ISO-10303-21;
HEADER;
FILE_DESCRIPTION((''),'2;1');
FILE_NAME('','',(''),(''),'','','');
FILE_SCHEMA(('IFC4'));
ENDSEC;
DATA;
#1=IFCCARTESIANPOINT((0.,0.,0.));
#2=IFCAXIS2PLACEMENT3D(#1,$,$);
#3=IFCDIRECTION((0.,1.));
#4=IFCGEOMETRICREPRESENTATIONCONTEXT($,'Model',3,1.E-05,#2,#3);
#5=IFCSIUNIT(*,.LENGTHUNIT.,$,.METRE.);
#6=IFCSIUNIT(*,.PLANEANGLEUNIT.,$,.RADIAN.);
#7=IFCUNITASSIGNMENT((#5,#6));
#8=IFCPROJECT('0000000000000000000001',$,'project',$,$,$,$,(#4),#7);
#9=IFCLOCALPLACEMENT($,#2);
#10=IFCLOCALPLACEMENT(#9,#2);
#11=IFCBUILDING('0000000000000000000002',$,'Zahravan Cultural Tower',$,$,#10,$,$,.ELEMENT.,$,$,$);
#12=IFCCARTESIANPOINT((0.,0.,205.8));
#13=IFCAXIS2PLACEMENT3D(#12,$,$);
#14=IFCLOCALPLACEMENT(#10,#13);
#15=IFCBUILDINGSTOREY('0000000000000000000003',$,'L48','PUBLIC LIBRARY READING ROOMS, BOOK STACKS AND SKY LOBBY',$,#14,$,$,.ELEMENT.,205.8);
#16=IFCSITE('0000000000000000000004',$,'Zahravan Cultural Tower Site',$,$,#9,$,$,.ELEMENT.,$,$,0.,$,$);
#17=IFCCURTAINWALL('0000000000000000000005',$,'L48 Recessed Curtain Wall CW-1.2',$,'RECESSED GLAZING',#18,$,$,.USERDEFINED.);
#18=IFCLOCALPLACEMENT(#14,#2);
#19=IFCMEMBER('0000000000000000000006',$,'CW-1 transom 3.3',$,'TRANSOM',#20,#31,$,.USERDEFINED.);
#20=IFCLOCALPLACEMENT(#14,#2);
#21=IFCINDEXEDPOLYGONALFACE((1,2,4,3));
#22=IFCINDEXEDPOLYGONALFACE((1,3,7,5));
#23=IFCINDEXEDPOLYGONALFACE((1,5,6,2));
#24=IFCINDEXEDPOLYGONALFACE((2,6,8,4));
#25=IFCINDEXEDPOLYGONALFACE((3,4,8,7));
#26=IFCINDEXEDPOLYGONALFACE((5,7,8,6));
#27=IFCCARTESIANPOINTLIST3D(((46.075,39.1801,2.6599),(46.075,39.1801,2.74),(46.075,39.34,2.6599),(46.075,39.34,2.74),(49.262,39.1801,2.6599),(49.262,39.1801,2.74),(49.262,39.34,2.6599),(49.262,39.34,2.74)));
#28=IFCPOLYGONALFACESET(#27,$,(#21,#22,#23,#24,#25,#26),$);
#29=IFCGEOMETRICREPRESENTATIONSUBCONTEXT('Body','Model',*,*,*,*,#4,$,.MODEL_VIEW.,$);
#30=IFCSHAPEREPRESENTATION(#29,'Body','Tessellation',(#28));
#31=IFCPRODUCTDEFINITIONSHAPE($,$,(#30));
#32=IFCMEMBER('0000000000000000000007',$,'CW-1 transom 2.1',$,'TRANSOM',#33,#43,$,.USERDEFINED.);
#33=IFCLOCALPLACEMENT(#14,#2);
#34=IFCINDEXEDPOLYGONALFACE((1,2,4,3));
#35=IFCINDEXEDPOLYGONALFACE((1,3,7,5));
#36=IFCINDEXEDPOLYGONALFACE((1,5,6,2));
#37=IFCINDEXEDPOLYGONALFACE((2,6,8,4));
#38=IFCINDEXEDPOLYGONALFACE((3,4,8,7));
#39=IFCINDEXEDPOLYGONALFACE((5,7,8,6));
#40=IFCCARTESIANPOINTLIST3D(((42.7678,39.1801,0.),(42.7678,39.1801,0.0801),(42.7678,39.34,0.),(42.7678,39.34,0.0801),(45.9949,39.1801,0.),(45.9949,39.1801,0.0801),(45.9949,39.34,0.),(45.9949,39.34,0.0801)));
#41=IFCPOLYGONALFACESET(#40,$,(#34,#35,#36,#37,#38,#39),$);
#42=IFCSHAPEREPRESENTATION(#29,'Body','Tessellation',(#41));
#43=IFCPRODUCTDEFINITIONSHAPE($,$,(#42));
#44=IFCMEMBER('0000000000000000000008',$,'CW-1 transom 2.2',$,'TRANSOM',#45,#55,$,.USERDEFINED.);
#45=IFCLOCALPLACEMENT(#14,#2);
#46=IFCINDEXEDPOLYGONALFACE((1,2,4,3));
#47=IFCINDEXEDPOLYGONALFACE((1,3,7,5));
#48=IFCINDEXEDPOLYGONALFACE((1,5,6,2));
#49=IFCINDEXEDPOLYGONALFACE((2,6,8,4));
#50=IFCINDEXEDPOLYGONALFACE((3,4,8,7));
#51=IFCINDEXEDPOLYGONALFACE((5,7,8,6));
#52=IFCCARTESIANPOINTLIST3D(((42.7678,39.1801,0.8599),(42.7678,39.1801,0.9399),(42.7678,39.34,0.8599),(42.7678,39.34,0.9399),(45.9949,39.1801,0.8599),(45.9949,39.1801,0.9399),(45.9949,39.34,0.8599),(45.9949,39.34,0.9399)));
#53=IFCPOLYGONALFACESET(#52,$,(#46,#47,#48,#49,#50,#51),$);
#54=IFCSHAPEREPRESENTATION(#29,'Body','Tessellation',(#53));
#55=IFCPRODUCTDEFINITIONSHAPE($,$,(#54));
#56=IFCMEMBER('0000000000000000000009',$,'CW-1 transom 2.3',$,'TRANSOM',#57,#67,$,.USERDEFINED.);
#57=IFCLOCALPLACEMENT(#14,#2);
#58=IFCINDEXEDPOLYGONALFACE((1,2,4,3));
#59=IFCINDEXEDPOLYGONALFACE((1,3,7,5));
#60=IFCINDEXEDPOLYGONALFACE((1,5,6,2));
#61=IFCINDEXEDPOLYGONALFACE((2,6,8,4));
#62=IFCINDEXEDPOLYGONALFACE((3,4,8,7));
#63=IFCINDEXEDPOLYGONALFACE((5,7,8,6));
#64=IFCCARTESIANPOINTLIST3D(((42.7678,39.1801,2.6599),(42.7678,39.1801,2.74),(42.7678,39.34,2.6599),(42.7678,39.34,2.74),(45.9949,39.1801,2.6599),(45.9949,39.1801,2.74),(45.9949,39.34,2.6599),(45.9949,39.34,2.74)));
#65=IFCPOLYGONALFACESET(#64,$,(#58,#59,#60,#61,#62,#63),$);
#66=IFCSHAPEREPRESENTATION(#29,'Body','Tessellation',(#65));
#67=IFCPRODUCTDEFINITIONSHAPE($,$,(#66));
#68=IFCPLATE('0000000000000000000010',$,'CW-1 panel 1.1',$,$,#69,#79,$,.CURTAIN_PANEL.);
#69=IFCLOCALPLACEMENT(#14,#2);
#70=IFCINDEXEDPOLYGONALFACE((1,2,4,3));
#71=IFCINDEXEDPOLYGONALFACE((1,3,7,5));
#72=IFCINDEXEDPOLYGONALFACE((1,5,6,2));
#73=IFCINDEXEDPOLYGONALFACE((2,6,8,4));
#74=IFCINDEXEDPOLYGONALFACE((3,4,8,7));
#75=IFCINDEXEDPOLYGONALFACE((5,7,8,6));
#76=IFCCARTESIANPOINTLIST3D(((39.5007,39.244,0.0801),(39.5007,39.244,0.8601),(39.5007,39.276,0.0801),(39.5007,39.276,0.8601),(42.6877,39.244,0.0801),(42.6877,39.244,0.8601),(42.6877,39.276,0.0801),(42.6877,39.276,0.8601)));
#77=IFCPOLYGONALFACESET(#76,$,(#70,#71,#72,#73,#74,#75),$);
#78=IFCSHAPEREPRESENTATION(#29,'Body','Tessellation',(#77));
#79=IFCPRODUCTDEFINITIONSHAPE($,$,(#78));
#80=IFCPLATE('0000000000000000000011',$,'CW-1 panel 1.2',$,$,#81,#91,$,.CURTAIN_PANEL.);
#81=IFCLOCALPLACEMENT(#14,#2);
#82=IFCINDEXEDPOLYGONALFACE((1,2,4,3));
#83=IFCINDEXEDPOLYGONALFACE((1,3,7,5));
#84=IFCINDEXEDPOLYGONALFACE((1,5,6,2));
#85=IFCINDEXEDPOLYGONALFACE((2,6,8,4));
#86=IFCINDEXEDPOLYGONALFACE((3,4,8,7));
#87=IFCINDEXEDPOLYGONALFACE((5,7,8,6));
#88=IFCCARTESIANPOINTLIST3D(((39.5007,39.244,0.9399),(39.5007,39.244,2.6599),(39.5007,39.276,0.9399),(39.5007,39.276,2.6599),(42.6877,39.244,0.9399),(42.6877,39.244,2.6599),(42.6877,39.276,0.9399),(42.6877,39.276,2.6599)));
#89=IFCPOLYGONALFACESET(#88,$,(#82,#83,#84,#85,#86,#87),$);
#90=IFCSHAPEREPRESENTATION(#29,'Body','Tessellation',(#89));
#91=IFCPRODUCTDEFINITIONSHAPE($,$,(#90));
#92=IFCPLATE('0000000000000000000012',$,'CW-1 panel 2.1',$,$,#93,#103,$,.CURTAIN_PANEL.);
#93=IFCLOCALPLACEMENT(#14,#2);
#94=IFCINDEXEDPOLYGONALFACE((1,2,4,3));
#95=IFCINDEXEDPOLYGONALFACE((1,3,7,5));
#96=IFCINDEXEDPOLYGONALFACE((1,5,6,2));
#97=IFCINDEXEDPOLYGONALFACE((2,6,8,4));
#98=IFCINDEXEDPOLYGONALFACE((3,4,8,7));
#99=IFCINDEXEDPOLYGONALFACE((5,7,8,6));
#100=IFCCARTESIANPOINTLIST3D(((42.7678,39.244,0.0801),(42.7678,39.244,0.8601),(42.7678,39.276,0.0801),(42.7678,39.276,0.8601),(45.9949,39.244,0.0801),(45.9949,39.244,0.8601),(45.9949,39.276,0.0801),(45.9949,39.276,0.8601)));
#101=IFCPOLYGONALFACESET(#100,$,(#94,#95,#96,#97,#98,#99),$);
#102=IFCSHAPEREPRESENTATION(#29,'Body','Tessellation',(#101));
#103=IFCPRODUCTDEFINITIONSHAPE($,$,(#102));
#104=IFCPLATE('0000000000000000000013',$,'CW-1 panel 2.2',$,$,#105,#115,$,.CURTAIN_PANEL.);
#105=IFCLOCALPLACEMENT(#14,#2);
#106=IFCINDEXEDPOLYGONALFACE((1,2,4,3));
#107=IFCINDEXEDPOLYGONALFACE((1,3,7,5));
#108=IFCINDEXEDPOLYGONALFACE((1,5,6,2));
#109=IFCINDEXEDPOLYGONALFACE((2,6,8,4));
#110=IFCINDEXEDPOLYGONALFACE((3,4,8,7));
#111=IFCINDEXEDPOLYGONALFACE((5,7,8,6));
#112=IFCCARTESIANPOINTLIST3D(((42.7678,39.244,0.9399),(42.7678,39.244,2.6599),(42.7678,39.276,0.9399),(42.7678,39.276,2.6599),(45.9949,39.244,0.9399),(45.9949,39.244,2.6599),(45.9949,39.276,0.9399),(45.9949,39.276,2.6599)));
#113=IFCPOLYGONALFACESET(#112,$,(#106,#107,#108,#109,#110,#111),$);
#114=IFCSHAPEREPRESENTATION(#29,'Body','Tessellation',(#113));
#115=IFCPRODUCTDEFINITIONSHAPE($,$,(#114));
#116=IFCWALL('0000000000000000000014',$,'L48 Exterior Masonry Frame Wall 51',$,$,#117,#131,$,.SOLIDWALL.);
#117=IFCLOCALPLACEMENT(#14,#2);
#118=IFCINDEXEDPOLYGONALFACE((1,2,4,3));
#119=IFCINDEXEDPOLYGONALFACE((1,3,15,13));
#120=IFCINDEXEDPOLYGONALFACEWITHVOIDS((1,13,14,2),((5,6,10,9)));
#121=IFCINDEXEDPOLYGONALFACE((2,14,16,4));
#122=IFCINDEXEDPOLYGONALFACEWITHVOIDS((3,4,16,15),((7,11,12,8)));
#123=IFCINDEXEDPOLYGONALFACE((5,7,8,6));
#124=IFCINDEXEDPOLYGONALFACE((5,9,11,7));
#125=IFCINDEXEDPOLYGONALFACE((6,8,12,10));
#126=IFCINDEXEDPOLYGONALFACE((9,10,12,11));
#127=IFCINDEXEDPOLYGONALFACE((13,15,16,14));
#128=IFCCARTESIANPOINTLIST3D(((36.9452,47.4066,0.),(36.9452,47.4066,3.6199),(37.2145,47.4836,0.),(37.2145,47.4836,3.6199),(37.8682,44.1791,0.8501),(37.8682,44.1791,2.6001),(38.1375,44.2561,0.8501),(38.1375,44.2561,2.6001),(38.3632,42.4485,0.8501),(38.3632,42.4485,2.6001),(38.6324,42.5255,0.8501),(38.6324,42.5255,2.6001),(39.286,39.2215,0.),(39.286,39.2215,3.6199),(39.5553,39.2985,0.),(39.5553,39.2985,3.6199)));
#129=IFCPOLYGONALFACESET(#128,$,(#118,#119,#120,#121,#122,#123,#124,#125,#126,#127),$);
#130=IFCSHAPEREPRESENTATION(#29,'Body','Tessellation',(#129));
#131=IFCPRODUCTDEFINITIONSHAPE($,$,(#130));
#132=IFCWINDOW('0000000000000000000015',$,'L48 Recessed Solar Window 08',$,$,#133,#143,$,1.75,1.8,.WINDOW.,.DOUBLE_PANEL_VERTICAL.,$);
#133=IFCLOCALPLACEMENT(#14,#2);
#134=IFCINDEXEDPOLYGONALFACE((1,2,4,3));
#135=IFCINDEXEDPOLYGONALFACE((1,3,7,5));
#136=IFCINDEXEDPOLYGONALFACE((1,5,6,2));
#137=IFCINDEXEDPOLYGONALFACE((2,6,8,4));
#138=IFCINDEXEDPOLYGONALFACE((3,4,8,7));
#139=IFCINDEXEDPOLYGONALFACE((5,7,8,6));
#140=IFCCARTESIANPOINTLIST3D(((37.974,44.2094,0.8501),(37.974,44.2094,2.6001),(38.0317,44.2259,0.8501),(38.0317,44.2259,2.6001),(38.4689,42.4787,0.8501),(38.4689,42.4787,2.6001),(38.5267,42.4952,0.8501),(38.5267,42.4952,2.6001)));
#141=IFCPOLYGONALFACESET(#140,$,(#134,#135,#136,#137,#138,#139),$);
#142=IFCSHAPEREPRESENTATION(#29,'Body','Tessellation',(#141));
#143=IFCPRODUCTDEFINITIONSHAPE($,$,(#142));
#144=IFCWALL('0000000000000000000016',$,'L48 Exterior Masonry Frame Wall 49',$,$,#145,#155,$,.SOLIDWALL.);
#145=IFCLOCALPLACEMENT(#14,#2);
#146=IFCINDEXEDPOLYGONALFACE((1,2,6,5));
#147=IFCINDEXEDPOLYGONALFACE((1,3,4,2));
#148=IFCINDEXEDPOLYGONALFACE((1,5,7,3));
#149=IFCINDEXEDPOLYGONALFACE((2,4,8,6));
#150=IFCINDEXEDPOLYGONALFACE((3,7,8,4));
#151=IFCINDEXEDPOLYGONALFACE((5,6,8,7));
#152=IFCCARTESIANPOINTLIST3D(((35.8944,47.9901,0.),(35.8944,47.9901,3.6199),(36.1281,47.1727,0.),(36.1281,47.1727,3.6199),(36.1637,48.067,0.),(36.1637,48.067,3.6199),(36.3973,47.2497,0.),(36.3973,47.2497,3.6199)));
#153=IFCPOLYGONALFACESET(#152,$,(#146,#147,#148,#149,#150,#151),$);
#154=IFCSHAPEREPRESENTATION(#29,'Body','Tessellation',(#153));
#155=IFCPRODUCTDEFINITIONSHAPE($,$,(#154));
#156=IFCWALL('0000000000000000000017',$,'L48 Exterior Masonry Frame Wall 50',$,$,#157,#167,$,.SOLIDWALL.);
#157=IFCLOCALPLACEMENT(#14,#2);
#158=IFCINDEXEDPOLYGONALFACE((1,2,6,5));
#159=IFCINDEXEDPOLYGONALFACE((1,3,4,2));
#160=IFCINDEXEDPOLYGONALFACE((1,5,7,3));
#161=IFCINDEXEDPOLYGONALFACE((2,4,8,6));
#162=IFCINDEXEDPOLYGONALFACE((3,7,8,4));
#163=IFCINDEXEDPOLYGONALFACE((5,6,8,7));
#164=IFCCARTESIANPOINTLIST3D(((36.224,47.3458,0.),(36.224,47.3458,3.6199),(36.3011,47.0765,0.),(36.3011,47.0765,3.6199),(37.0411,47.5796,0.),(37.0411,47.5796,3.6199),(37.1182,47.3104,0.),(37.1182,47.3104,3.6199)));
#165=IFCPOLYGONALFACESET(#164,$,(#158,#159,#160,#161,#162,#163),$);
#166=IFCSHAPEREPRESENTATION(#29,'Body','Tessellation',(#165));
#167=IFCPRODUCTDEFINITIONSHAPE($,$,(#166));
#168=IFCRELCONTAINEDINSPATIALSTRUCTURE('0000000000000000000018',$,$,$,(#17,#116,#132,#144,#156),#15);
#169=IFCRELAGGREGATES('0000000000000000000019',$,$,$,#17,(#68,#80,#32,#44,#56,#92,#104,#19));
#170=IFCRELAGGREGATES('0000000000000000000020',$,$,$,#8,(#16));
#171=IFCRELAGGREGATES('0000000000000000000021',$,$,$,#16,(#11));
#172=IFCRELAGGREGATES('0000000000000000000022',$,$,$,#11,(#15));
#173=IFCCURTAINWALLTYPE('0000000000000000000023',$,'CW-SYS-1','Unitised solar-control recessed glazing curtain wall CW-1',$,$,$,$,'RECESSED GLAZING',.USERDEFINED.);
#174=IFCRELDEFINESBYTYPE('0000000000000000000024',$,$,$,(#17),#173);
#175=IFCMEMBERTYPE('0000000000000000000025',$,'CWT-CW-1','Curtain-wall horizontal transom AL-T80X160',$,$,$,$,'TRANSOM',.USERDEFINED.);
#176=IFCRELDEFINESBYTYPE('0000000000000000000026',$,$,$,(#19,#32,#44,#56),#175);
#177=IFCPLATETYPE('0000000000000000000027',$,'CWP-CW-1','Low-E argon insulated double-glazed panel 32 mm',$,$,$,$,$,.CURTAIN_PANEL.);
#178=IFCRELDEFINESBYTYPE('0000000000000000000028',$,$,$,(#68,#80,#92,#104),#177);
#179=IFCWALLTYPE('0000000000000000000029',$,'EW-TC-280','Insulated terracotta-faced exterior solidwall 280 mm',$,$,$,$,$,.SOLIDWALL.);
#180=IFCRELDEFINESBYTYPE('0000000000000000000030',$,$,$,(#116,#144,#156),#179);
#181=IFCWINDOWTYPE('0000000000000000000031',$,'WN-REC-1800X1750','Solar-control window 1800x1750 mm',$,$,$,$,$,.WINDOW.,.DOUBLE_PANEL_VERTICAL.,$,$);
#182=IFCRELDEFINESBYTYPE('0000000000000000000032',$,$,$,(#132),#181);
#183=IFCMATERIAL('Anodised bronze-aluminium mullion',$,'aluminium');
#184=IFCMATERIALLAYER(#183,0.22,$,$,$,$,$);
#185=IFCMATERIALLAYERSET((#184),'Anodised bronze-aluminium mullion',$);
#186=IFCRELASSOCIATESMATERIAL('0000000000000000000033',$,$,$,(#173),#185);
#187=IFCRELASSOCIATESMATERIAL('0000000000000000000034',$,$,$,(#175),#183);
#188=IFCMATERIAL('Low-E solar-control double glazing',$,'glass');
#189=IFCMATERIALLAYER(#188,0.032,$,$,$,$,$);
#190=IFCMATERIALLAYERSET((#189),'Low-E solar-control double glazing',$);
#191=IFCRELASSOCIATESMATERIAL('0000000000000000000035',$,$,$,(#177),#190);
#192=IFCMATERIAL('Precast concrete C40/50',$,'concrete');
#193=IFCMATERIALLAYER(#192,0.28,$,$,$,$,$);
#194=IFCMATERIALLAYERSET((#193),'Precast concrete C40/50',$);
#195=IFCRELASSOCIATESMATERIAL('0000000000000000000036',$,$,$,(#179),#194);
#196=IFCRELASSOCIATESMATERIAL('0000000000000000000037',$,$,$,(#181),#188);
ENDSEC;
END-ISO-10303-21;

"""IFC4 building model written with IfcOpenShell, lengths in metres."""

from ifc_helpers import new_model, si_unit, direction, frame, frame_2d, origin, origin_2d, place, context, subcontext, project, spatial, rectangle, extrude, source, transform, mapped, material, layer, layer_set, material_profile, profile_set, type_object, element, fill, aggregate, save


model = new_model("IFC4")

# Units and contexts
model_context = context("Model", 3, precision=1e-05, world=origin(), true_north=direction((0.0, 1.0)))
body_context = subcontext(model_context, "Body", "Model", "MODEL_VIEW")
ifc_project = project(units=[si_unit("LENGTHUNIT", "METRE"), si_unit("PLANEANGLEUNIT", "RADIAN")], contexts=[model_context])

# Site, building, storey
site_placement = place(None, origin())
site = spatial("IfcSite", under=ifc_project, at=site_placement, Name="Zahravan Cultural Tower Site", CompositionType="ELEMENT", RefElevation=0.0)
building_placement = place(site_placement, origin())
building = spatial("IfcBuilding", under=site, at=building_placement, Name="Zahravan Cultural Tower", CompositionType="ELEMENT")
storey_placement = place(building_placement, frame((0.0, 0.0, 205.8)))
storey = spatial("IfcBuildingStorey", under=building, at=storey_placement, Name="L48", Description="PUBLIC LIBRARY READING ROOMS, BOOK STACKS AND SKY LOBBY", CompositionType="ELEMENT", Elevation=205.8)

# Curtain wall, members, plates
ifc_material_1 = material(Name="Anodised bronze-aluminium mullion", Category="aluminium")
ifc_layer_1 = layer(ifc_material_1, 0.22)
ifc_layer_set_1 = layer_set([ifc_layer_1], Name="Anodised bronze-aluminium mullion")
curtain_wall_type = type_object("IfcCurtainWallType", Name="CW-SYS-1", Description="Unitised solar-control recessed glazing curtain wall CW-1", ElementType="RECESSED GLAZING", PredefinedType="USERDEFINED", material=ifc_layer_set_1)
curtain_wall_placement = place(storey_placement, origin())
curtain_wall = element("IfcCurtainWall", 1, at=curtain_wall_placement, inside=storey, type_object=curtain_wall_type, Name="L48 Recessed Curtain Wall CW-1.2", ObjectType="RECESSED GLAZING", PredefinedType="USERDEFINED")
ifc_material_profile_1 = material_profile(ifc_material_1, rectangle(XDim=0.1599, YDim=0.0801, at=origin_2d()), Name="AL-T80X160")
ifc_profile_set_1 = profile_set([ifc_material_profile_1], Name="Anodised bronze-aluminium mullion")
member_type_1 = type_object("IfcMemberType", Name="CWT-CW-1", Description="Curtain-wall horizontal transom AL-T80X160", ElementType="TRANSOM", PredefinedType="USERDEFINED", material=ifc_profile_set_1)
shared_shape_1 = source(origin(), body_context, "Body", "SweptSolid", [
    extrude(rectangle(XDim=0.1599, YDim=0.0801, at=origin_2d()), origin(), (0.0, 0.0, 1.0), 3.187),
])
member_1_placement = place(storey_placement, frame((46.075, 39.26, 2.7), z_axis=(1.0, 0.0, 0.0), x_axis=(0.0, 1.0, 0.0)))
member_1 = element("IfcMember", 2, at=member_1_placement, type_object=member_type_1, Name="CW-1 transom 3.3", ObjectType="TRANSOM", PredefinedType="USERDEFINED", context=body_context, shape_type="MappedRepresentation", body=[
    mapped(shared_shape_1, transform((0.0, 0.0, 0.0), x_axis=(1.0, 0.0, 0.0), y_axis=(0.0, 1.0, 0.0), z_axis=(0.0, 0.0, 1.0), scale=1.0)),
])
shared_shape_2 = source(origin(), body_context, "Body", "SweptSolid", [
    extrude(rectangle(XDim=0.1599, YDim=0.0801, at=origin_2d()), origin(), (0.0, 0.0, 1.0), 3.2271),
])
member_2_placement = place(storey_placement, frame((42.7678, 39.26, 0.04), z_axis=(1.0, 0.0, 0.0), x_axis=(0.0, 1.0, 0.0)))
member_2 = element("IfcMember", 3, at=member_2_placement, type_object=member_type_1, Name="CW-1 transom 2.1", ObjectType="TRANSOM", PredefinedType="USERDEFINED", context=body_context, shape_type="MappedRepresentation", body=[
    mapped(shared_shape_2, transform((0.0, 0.0, 0.0), x_axis=(1.0, 0.0, 0.0), y_axis=(0.0, 1.0, 0.0), z_axis=(0.0, 0.0, 1.0), scale=1.0)),
])
member_3_placement = place(storey_placement, frame((42.7678, 39.26, 0.8999), z_axis=(1.0, 0.0, 0.0), x_axis=(0.0, 1.0, 0.0)))
member_3 = element("IfcMember", 4, at=member_3_placement, type_object=member_type_1, Name="CW-1 transom 2.2", ObjectType="TRANSOM", PredefinedType="USERDEFINED", context=body_context, shape_type="MappedRepresentation", body=[
    mapped(shared_shape_2, transform((0.0, 0.0, 0.0), x_axis=(1.0, 0.0, 0.0), y_axis=(0.0, 1.0, 0.0), z_axis=(0.0, 0.0, 1.0), scale=1.0)),
])
member_4_placement = place(storey_placement, frame((42.7678, 39.26, 2.7), z_axis=(1.0, 0.0, 0.0), x_axis=(0.0, 1.0, 0.0)))
member_4 = element("IfcMember", 5, at=member_4_placement, type_object=member_type_1, Name="CW-1 transom 2.3", ObjectType="TRANSOM", PredefinedType="USERDEFINED", context=body_context, shape_type="MappedRepresentation", body=[
    mapped(shared_shape_2, transform((0.0, 0.0, 0.0), x_axis=(1.0, 0.0, 0.0), y_axis=(0.0, 1.0, 0.0), z_axis=(0.0, 0.0, 1.0), scale=1.0)),
])
ifc_material_2 = material(Name="Low-E solar-control double glazing", Category="glass")
ifc_layer_2 = layer(ifc_material_2, 0.032)
ifc_layer_set_2 = layer_set([ifc_layer_2], Name="Low-E solar-control double glazing")
plate_type = type_object("IfcPlateType", Name="CWP-CW-1", Description="Low-E argon insulated double-glazed panel 32 mm", PredefinedType="CURTAIN_PANEL", material=ifc_layer_set_2)
shared_shape_3 = source(origin(), body_context, "Body", "SweptSolid", [
    extrude(rectangle(XDim=3.187, YDim=0.032, at=origin_2d()), origin(), (0.0, 0.0, 1.0), 0.78),
])
plate_1_placement = place(storey_placement, frame((41.0942, 39.26, 0.0801), z_axis=(0.0, 0.0, 1.0), x_axis=(1.0, 0.0, 0.0)))
plate_1 = element("IfcPlate", 6, at=plate_1_placement, type_object=plate_type, Name="CW-1 panel 1.1", PredefinedType="CURTAIN_PANEL", context=body_context, shape_type="MappedRepresentation", body=[
    mapped(shared_shape_3, transform((0.0, 0.0, 0.0), x_axis=(1.0, 0.0, 0.0), y_axis=(0.0, 1.0, 0.0), z_axis=(0.0, 0.0, 1.0), scale=1.0)),
])
shared_shape_4 = source(origin(), body_context, "Body", "SweptSolid", [
    extrude(rectangle(XDim=3.187, YDim=0.032, at=origin_2d()), origin(), (0.0, 0.0, 1.0), 1.72),
])
plate_2_placement = place(storey_placement, frame((41.0942, 39.26, 0.9399), z_axis=(0.0, 0.0, 1.0), x_axis=(1.0, 0.0, 0.0)))
plate_2 = element("IfcPlate", 7, at=plate_2_placement, type_object=plate_type, Name="CW-1 panel 1.2", PredefinedType="CURTAIN_PANEL", context=body_context, shape_type="MappedRepresentation", body=[
    mapped(shared_shape_4, transform((0.0, 0.0, 0.0), x_axis=(1.0, 0.0, 0.0), y_axis=(0.0, 1.0, 0.0), z_axis=(0.0, 0.0, 1.0), scale=1.0)),
])
shared_shape_5 = source(origin(), body_context, "Body", "SweptSolid", [
    extrude(rectangle(XDim=3.2271, YDim=0.032, at=origin_2d()), origin(), (0.0, 0.0, 1.0), 0.78),
])
plate_3_placement = place(storey_placement, frame((44.3813, 39.26, 0.0801), z_axis=(0.0, 0.0, 1.0), x_axis=(1.0, 0.0, 0.0)))
plate_3 = element("IfcPlate", 8, at=plate_3_placement, type_object=plate_type, Name="CW-1 panel 2.1", PredefinedType="CURTAIN_PANEL", context=body_context, shape_type="MappedRepresentation", body=[
    mapped(shared_shape_5, transform((0.0, 0.0, 0.0), x_axis=(1.0, 0.0, 0.0), y_axis=(0.0, 1.0, 0.0), z_axis=(0.0, 0.0, 1.0), scale=1.0)),
])
shared_shape_6 = source(origin(), body_context, "Body", "SweptSolid", [
    extrude(rectangle(XDim=3.2271, YDim=0.032, at=origin_2d()), origin(), (0.0, 0.0, 1.0), 1.72),
])
plate_4_placement = place(storey_placement, frame((44.3813, 39.26, 0.9399), z_axis=(0.0, 0.0, 1.0), x_axis=(1.0, 0.0, 0.0)))
plate_4 = element("IfcPlate", 9, at=plate_4_placement, type_object=plate_type, Name="CW-1 panel 2.2", PredefinedType="CURTAIN_PANEL", context=body_context, shape_type="MappedRepresentation", body=[
    mapped(shared_shape_6, transform((0.0, 0.0, 0.0), x_axis=(1.0, 0.0, 0.0), y_axis=(0.0, 1.0, 0.0), z_axis=(0.0, 0.0, 1.0), scale=1.0)),
])
aggregate(curtain_wall, [plate_1, plate_2, member_2, member_3, member_4, plate_3, plate_4, member_1])

# Wall, opening, window
ifc_material_3 = material(Name="Precast concrete C40/50", Category="concrete")
ifc_layer_3 = layer(ifc_material_3, 0.28)
ifc_layer_set_3 = layer_set([ifc_layer_3], Name="Precast concrete C40/50")
wall_type_1 = type_object("IfcWallType", Name="EW-TC-280", Description="Insulated terracotta-faced exterior solidwall 280 mm", PredefinedType="SOLIDWALL", material=ifc_layer_set_3)
wall_1_placement = place(storey_placement, frame((37.0798, 47.4451, 0.0), z_axis=(0.0, 0.0, 1.0), x_axis=(0.274964, -0.961455, 0.0)))
wall_1 = element("IfcWall", 10, at=wall_1_placement, inside=storey, type_object=wall_type_1, Name="L48 Exterior Masonry Frame Wall 51", PredefinedType="SOLIDWALL", context=body_context, shape_type="SweptSolid", body=[
    extrude(rectangle(XDim=8.5132, YDim=0.28, at=frame_2d((4.2566, 0.0))), origin(), (0.0, 0.0, 1.0), 3.6199),
])
opening_placement = place(wall_1_placement, frame((3.3569, 0.0, 0.8501)))
opening = element("IfcOpeningElement", 11, at=opening_placement, cuts=wall_1, PredefinedType="OPENING", context=body_context, shape_type="SweptSolid", body=[
    extrude(rectangle(XDim=1.8, YDim=1.75, at=frame_2d((0.8999, 0.875))), frame((0.0, 0.1499, 0.0), z_axis=(0.0, -1.0, 0.0), x_axis=(1.0, 0.0, 0.0)), (0.0, 0.0, 1.0), 0.3),
])
window_type = type_object("IfcWindowType", Name="WN-REC-1800X1750", Description="Solar-control window 1800x1750 mm", PartitioningType="DOUBLE_PANEL_VERTICAL", PredefinedType="WINDOW", material=ifc_material_2)
shared_shape_7 = source(origin(), body_context, "Body", "SweptSolid", [
    extrude(rectangle(XDim=1.8, YDim=1.75, at=frame_2d((0.8999, 0.875))), frame((0.0, 0.03, 0.0), z_axis=(0.0, -1.0, 0.0), x_axis=(1.0, 0.0, 0.0)), (0.0, 0.0, 1.0), 0.0601),
])
window_placement = place(opening_placement, origin())
window = element("IfcWindow", 12, at=window_placement, inside=storey, type_object=window_type, Name="L48 Recessed Solar Window 08", OverallHeight=1.75, OverallWidth=1.8, PartitioningType="DOUBLE_PANEL_VERTICAL", PredefinedType="WINDOW", context=body_context, shape_type="MappedRepresentation", body=[
    mapped(shared_shape_7, transform((0.0, 0.0, 0.0), x_axis=(1.0, 0.0, 0.0), y_axis=(0.0, 1.0, 0.0), z_axis=(0.0, 0.0, 1.0), scale=1.0)),
])
fill(opening, window)

# Walls
shared_shape_8 = source(origin(), body_context, "Body", "SweptSolid", [
    extrude(rectangle(XDim=0.8501, YDim=0.28, at=frame_2d((0.425, 0.0))), origin(), (0.0, 0.0, 1.0), 3.6199),
])
wall_2_placement = place(storey_placement, frame((36.0291, 48.0286, 0.0), z_axis=(0.0, 0.0, 1.0), x_axis=(0.274835, -0.961491, 0.0)))
element("IfcWall", 13, at=wall_2_placement, inside=storey, type_object=wall_type_1, Name="L48 Exterior Masonry Frame Wall 49", PredefinedType="SOLIDWALL", context=body_context, shape_type="MappedRepresentation", body=[
    mapped(shared_shape_8, transform((0.0, 0.0, 0.0), x_axis=(1.0, 0.0, 0.0), y_axis=(0.0, 1.0, 0.0), z_axis=(0.0, 0.0, 1.0), scale=1.0)),
])
shared_shape_9 = source(origin(), body_context, "Body", "SweptSolid", [
    extrude(rectangle(XDim=0.8499, YDim=0.28, at=frame_2d((0.4248, 0.0))), origin(), (0.0, 0.0, 1.0), 3.6199),
])
wall_3_placement = place(storey_placement, frame((36.2627, 47.2112, 0.0), z_axis=(0.0, 0.0, 1.0), x_axis=(0.961394, 0.275176, 0.0)))
element("IfcWall", 14, at=wall_3_placement, inside=storey, type_object=wall_type_1, Name="L48 Exterior Masonry Frame Wall 50", PredefinedType="SOLIDWALL", context=body_context, shape_type="MappedRepresentation", body=[
    mapped(shared_shape_9, transform((0.0, 0.0, 0.0), x_axis=(1.0, 0.0, 0.0), y_axis=(0.0, 1.0, 0.0), z_axis=(0.0, 0.0, 1.0), scale=1.0)),
])

save(model, "model.ifc")
